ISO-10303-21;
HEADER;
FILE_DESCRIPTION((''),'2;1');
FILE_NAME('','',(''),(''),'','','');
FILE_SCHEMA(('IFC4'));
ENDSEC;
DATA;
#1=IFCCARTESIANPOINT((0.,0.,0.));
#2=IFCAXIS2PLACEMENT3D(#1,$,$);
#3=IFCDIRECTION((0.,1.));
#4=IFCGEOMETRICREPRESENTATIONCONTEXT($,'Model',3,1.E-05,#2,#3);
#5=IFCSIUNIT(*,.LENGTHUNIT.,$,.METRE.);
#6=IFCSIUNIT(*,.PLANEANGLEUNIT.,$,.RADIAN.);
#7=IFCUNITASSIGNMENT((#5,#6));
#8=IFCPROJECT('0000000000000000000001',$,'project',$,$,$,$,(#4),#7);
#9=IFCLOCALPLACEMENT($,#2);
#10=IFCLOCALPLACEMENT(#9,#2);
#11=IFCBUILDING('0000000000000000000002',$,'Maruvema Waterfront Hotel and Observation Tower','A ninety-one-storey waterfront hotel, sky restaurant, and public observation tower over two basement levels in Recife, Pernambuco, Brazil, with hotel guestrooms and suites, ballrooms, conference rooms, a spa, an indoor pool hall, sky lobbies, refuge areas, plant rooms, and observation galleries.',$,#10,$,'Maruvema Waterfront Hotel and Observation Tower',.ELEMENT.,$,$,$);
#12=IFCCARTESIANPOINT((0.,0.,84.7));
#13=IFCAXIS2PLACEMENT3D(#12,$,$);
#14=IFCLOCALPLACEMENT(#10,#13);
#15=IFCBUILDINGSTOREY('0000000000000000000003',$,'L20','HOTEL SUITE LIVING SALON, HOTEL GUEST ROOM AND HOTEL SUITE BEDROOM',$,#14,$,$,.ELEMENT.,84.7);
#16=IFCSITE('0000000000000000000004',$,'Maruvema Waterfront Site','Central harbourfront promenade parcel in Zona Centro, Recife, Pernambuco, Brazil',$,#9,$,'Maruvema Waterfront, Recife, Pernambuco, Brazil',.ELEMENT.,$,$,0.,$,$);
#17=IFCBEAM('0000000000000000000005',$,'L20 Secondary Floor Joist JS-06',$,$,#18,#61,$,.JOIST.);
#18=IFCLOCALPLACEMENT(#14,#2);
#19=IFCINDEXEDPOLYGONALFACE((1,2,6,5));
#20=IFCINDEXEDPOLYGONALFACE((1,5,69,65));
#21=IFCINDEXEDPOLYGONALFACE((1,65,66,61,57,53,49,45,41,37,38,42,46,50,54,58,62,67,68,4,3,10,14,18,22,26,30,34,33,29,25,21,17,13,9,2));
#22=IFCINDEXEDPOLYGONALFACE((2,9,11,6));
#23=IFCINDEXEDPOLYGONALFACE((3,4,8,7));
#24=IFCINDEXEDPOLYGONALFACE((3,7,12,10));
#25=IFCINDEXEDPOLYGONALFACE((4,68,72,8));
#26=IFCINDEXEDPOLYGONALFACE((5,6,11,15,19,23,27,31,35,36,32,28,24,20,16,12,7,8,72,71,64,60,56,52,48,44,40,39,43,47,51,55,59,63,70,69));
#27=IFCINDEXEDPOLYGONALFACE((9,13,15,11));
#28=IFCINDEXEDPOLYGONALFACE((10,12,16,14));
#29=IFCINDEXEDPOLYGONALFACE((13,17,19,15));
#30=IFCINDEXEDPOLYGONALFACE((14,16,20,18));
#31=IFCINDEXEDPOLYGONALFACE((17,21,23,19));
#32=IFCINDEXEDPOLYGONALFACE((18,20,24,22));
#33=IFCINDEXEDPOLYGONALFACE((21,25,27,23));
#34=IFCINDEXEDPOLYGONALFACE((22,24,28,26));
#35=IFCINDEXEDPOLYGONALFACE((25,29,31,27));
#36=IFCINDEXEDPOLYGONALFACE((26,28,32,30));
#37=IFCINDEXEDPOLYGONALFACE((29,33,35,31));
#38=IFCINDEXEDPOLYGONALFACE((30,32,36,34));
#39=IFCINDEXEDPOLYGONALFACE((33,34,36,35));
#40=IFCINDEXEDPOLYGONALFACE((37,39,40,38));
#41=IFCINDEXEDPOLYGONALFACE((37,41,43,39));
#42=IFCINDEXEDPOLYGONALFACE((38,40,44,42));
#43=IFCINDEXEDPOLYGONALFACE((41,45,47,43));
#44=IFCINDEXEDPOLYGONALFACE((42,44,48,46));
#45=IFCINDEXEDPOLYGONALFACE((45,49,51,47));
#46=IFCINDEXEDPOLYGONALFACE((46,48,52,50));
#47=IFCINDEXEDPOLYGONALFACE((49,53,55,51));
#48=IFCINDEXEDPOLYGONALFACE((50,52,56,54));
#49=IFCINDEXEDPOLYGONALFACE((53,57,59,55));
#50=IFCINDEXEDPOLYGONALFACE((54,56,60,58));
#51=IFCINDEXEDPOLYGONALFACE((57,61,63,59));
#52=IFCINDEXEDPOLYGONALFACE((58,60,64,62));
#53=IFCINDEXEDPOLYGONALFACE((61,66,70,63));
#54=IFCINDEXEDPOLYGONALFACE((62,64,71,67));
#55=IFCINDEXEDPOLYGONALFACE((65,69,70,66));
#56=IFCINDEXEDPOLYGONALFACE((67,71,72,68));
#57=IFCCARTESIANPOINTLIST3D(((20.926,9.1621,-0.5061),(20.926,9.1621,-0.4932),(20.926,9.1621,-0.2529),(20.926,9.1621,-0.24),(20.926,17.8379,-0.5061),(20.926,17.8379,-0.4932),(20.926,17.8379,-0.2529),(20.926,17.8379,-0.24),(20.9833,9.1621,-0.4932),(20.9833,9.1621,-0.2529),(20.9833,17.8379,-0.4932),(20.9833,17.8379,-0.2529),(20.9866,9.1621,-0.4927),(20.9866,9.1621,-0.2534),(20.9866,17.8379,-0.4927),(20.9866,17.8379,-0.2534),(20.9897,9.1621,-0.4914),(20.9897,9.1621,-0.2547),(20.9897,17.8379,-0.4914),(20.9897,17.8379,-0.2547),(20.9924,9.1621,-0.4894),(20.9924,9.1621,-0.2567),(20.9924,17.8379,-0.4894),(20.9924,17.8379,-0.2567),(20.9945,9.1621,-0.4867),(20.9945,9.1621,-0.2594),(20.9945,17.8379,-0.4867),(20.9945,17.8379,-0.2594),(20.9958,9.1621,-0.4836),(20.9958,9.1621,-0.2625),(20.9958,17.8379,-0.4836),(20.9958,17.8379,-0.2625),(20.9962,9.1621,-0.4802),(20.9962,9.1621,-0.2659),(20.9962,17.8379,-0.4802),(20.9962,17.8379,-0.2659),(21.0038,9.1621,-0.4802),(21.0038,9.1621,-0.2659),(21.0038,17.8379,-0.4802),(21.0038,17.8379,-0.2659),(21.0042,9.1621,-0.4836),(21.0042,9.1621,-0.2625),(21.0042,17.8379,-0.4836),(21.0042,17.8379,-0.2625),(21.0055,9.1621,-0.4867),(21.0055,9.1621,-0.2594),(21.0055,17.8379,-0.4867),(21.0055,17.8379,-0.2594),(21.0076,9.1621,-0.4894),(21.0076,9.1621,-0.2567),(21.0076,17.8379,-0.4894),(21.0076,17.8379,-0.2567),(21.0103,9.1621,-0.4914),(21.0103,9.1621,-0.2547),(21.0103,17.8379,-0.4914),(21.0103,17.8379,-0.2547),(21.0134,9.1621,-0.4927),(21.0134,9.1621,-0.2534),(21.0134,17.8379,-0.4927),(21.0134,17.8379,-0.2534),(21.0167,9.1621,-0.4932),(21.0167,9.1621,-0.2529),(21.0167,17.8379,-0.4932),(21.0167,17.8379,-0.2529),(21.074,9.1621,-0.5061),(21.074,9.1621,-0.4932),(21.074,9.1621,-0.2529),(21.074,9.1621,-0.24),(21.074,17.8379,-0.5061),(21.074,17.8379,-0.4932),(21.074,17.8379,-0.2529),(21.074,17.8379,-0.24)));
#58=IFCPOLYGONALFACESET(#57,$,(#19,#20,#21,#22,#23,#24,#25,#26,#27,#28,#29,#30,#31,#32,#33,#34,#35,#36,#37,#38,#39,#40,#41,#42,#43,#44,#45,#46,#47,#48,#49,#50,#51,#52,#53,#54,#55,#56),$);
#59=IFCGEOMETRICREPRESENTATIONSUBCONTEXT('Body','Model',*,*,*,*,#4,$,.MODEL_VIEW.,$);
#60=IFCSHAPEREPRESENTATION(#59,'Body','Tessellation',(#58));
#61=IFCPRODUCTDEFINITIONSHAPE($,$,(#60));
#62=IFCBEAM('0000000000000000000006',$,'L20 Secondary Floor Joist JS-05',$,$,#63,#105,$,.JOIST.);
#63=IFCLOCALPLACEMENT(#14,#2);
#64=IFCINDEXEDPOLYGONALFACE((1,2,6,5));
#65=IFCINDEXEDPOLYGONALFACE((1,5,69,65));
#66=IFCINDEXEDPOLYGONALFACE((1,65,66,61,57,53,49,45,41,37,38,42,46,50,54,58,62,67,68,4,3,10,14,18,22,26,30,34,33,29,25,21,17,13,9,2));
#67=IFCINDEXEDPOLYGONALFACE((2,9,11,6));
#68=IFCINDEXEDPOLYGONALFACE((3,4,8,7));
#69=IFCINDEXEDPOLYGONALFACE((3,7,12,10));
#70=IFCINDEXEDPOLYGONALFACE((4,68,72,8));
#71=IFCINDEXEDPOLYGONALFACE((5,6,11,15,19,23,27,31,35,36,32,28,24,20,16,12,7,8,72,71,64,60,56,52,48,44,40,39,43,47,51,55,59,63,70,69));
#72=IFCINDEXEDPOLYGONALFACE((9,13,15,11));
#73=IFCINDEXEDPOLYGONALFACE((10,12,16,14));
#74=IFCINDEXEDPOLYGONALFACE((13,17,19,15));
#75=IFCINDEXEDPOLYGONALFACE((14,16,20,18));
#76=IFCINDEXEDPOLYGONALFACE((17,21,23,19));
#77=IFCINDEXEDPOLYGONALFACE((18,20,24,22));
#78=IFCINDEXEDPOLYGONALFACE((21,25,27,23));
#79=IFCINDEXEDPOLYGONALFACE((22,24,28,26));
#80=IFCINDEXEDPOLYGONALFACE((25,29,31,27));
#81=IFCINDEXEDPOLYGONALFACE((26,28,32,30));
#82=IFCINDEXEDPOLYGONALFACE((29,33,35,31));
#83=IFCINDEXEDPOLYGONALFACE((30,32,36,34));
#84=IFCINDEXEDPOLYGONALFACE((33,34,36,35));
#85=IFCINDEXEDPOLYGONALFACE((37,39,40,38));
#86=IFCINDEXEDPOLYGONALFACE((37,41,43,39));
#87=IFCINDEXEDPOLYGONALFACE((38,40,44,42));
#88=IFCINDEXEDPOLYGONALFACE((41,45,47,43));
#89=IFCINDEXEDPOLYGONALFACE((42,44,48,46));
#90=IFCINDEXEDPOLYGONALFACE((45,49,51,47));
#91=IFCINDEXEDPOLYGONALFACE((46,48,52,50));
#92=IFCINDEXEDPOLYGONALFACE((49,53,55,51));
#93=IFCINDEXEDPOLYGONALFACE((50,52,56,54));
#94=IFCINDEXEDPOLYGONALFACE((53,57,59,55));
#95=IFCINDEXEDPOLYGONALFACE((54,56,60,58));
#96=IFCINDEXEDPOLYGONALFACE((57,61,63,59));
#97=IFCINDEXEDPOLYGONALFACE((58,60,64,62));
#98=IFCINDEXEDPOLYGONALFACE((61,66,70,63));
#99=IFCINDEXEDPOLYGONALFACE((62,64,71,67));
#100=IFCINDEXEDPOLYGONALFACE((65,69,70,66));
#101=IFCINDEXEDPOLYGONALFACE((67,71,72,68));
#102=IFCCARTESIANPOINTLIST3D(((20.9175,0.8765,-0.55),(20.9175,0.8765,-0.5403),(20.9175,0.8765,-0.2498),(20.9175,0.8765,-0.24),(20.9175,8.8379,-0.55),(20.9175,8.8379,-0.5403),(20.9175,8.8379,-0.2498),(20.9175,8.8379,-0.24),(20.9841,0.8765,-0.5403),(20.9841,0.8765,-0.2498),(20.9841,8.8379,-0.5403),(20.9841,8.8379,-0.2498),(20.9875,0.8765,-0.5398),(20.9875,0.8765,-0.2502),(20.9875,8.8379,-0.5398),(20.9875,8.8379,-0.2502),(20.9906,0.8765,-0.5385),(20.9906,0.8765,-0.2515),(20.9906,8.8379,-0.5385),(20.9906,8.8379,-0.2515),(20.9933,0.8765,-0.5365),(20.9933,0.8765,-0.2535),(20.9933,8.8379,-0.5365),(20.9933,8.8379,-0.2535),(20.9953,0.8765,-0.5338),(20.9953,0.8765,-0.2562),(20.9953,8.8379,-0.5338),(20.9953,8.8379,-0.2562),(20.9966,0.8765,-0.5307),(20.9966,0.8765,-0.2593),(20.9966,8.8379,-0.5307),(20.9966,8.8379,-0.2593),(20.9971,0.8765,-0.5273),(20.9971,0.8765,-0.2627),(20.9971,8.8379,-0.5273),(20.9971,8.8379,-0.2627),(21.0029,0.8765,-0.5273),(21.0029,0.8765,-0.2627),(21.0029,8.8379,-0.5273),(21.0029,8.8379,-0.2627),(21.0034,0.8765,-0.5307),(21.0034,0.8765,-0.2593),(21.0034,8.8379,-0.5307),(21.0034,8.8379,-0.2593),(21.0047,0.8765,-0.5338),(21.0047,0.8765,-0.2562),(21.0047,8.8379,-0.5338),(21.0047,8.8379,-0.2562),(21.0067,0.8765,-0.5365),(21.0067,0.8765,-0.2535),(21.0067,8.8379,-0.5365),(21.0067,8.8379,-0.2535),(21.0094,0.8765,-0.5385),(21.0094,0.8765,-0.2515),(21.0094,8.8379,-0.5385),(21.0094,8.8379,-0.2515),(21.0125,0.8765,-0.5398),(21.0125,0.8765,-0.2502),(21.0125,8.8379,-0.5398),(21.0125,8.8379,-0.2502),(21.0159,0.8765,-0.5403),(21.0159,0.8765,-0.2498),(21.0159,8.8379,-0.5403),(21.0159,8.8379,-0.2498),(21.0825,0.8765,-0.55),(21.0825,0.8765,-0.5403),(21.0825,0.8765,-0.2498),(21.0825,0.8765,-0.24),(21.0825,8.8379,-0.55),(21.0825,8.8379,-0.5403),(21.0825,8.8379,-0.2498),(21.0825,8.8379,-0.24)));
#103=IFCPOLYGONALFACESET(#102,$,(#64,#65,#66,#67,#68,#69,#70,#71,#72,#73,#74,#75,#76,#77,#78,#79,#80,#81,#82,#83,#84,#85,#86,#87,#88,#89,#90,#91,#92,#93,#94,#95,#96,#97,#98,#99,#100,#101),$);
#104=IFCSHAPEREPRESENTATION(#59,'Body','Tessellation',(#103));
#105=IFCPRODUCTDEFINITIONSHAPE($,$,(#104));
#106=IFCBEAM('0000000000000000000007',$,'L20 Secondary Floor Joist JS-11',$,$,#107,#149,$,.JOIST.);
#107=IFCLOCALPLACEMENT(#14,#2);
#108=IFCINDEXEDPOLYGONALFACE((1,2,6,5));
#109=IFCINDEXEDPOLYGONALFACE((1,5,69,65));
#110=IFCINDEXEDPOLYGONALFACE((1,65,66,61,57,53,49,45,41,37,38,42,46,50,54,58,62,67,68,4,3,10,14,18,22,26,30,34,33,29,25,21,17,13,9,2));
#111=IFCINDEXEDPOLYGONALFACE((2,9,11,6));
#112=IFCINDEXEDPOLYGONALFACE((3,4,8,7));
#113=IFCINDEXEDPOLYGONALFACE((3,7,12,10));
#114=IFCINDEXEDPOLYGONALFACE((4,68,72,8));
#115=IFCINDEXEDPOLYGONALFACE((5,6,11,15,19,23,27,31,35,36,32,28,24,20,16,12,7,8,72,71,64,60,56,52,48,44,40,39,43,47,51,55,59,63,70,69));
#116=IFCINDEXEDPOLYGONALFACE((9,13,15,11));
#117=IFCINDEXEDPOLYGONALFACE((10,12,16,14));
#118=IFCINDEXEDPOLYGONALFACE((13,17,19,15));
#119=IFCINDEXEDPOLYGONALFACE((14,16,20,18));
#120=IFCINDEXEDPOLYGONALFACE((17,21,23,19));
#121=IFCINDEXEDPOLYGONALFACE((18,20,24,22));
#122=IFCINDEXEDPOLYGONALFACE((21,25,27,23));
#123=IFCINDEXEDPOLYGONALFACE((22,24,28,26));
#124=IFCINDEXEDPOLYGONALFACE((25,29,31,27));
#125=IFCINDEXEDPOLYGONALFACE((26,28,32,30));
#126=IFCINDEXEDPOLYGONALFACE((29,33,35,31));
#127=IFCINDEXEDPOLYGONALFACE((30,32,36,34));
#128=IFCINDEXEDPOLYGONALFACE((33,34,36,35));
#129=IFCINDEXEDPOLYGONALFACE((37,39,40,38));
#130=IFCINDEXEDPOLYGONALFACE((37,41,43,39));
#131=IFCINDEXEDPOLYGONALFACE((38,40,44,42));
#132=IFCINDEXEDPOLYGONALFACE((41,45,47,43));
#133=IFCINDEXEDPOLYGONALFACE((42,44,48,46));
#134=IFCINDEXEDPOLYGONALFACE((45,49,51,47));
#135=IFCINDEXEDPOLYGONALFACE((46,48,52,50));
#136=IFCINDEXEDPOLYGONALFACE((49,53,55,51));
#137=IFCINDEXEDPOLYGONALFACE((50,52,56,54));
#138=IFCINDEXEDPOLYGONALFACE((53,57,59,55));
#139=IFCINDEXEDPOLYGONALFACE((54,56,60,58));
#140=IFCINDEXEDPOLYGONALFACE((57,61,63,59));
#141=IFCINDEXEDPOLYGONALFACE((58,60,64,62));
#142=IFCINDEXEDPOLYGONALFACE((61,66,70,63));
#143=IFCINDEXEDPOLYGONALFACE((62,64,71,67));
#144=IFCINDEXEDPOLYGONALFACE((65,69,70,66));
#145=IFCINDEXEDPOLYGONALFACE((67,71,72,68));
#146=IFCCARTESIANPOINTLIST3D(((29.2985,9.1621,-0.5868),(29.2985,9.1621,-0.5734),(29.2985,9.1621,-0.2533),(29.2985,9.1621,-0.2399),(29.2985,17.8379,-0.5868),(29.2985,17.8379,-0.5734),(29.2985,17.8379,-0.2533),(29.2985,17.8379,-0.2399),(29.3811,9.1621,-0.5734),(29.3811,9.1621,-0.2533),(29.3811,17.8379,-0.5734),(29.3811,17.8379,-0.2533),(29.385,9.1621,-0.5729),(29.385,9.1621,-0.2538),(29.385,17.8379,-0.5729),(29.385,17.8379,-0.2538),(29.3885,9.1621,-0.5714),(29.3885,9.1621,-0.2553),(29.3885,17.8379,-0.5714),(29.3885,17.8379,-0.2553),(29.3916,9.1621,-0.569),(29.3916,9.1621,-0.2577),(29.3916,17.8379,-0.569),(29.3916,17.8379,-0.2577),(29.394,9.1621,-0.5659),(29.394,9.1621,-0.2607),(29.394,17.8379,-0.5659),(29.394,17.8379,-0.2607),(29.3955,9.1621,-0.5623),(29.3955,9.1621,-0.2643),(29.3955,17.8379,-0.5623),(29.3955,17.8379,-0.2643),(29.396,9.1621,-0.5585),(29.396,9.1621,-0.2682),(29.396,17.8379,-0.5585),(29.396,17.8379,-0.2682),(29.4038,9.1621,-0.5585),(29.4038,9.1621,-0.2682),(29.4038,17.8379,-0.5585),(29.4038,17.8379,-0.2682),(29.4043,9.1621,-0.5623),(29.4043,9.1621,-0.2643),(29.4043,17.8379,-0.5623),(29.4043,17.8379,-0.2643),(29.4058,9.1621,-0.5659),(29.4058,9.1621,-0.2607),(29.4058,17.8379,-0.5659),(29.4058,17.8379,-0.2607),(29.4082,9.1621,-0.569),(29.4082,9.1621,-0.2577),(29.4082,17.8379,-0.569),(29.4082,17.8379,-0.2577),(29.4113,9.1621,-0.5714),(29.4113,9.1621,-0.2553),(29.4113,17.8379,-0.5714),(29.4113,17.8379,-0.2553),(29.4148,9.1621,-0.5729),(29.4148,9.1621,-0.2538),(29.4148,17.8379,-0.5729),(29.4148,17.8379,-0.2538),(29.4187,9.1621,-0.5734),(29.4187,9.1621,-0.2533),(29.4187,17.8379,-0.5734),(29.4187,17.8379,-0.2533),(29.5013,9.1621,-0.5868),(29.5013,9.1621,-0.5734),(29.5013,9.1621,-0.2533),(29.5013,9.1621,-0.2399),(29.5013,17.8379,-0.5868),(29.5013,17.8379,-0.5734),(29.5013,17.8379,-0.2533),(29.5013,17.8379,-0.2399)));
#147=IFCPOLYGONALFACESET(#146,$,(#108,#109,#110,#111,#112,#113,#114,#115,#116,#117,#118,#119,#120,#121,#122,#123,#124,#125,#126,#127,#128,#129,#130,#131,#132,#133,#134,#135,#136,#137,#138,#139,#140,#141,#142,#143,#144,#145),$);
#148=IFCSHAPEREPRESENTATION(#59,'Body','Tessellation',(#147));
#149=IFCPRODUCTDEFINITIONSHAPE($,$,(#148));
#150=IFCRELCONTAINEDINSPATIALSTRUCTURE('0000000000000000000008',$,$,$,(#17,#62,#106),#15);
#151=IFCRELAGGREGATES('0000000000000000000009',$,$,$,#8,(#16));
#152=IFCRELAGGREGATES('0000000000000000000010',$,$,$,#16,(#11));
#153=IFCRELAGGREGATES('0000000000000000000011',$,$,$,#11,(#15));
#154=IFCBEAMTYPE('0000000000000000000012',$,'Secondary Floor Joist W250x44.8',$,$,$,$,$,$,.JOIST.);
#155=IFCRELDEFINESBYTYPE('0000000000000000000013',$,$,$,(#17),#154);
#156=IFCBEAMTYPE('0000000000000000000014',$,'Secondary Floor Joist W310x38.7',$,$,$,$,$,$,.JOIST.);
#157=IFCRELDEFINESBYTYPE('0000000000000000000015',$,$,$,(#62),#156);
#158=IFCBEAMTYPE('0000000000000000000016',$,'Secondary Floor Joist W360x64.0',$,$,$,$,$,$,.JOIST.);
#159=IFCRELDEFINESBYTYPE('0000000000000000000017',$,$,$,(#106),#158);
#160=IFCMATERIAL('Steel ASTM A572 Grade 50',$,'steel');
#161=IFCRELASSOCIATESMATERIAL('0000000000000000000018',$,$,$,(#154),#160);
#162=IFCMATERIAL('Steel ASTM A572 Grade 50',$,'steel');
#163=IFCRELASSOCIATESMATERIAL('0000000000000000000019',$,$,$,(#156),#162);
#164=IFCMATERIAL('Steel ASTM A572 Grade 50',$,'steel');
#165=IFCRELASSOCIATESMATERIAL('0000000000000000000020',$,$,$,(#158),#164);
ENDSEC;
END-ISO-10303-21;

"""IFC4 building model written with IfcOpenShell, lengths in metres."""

from ifc_helpers import new_model, si_unit, direction, frame, origin, origin_2d, place, context, subcontext, project, spatial, i_section, extrude, material, material_profile, profile_set, type_object, element, save


model = new_model("IFC4")

# Units and contexts
model_context = context("Model", 3, precision=1e-05, world=origin(), true_north=direction((0.0, 1.0)))
body_context = subcontext(model_context, "Body", "Model", "MODEL_VIEW")
ifc_project = project(units=[si_unit("LENGTHUNIT", "METRE"), si_unit("PLANEANGLEUNIT", "RADIAN")], contexts=[model_context])

# Site, building, storey
site_placement = place(None, origin())
site = spatial("IfcSite", under=ifc_project, at=site_placement, Name="Maruvema Waterfront Site", Description="Central harbourfront promenade parcel in Zona Centro, Recife, Pernambuco, Brazil", LongName="Maruvema Waterfront, Recife, Pernambuco, Brazil", CompositionType="ELEMENT", RefElevation=0.0)
building_placement = place(site_placement, origin())
building = spatial("IfcBuilding", under=site, at=building_placement, Name="Maruvema Waterfront Hotel and Observation Tower", Description="A ninety-one-storey waterfront hotel, sky restaurant, and public observation tower over two basement levels in Recife, Pernambuco, Brazil, with hotel guestrooms and suites, ballrooms, conference rooms, a spa, an indoor pool hall, sky lobbies, refuge areas, plant rooms, and observation galleries.", LongName="Maruvema Waterfront Hotel and Observation Tower", CompositionType="ELEMENT")
storey_placement = place(building_placement, frame((0.0, 0.0, 84.7)))
storey = spatial("IfcBuildingStorey", under=building, at=storey_placement, Name="L20", Description="HOTEL SUITE LIVING SALON, HOTEL GUEST ROOM AND HOTEL SUITE BEDROOM", CompositionType="ELEMENT", Elevation=84.7)

# Beams
ifc_material_1 = material(Name="Steel ASTM A572 Grade 50", Category="steel")
ifc_material_profile_1 = material_profile(ifc_material_1, i_section(OverallWidth=0.1479, OverallDepth=0.2661, WebThickness=0.0076, FlangeThickness=0.0129, FilletRadius=0.0129, at=origin_2d()), Name="W250x44.8")
ifc_profile_set_1 = profile_set([ifc_material_profile_1], Name="Steel ASTM A572 Grade 50")
beam_type_1 = type_object("IfcBeamType", Name="Secondary Floor Joist W250x44.8", PredefinedType="JOIST", material=ifc_profile_set_1)
beam_1_placement = place(storey_placement, frame((21.0, 9.1621, -0.373), z_axis=(0.0, 1.0, 0.0), x_axis=(-1.0, 0.0, 0.0)))
element("IfcBeam", 1, at=beam_1_placement, inside=storey, type_object=beam_type_1, Name="L20 Secondary Floor Joist JS-06", PredefinedType="JOIST", context=body_context, shape_type="SweptSolid", body=[
    extrude(i_section(OverallWidth=0.1479, OverallDepth=0.2661, WebThickness=0.0076, FlangeThickness=0.0129, FilletRadius=0.0129, at=origin_2d()), origin(), (0.0, 0.0, 1.0), 8.6758),
])
ifc_material_2 = material(Name="Steel ASTM A572 Grade 50", Category="steel")
ifc_material_profile_2 = material_profile(ifc_material_2, i_section(OverallWidth=0.165, OverallDepth=0.3101, WebThickness=0.0059, FlangeThickness=0.0098, FilletRadius=0.0129, at=origin_2d()), Name="W310x38.7")
ifc_profile_set_2 = profile_set([ifc_material_profile_2], Name="Steel ASTM A572 Grade 50")
beam_type_2 = type_object("IfcBeamType", Name="Secondary Floor Joist W310x38.7", PredefinedType="JOIST", material=ifc_profile_set_2)
beam_2_placement = place(storey_placement, frame((21.0, 0.8765, -0.395), z_axis=(0.0, 1.0, 0.0), x_axis=(-1.0, 0.0, 0.0)))
element("IfcBeam", 2, at=beam_2_placement, inside=storey, type_object=beam_type_2, Name="L20 Secondary Floor Joist JS-05", PredefinedType="JOIST", context=body_context, shape_type="SweptSolid", body=[
    extrude(i_section(OverallWidth=0.165, OverallDepth=0.3101, WebThickness=0.0059, FlangeThickness=0.0098, FilletRadius=0.0129, at=origin_2d()), origin(), (0.0, 0.0, 1.0), 7.9614),
])
ifc_material_3 = material(Name="Steel ASTM A572 Grade 50", Category="steel")
ifc_material_profile_3 = material_profile(ifc_material_3, i_section(OverallWidth=0.2029, OverallDepth=0.3469, WebThickness=0.0078, FlangeThickness=0.0134, FilletRadius=0.0149, at=origin_2d()), Name="W360x64.0")
ifc_profile_set_3 = profile_set([ifc_material_profile_3], Name="Steel ASTM A572 Grade 50")
beam_type_3 = type_object("IfcBeamType", Name="Secondary Floor Joist W360x64.0", PredefinedType="JOIST", material=ifc_profile_set_3)
beam_3_placement = place(storey_placement, frame((29.3999, 9.1621, -0.4133), z_axis=(0.0, 1.0, 0.0), x_axis=(-1.0, 0.0, 0.0)))
element("IfcBeam", 3, at=beam_3_placement, inside=storey, type_object=beam_type_3, Name="L20 Secondary Floor Joist JS-11", PredefinedType="JOIST", context=body_context, shape_type="SweptSolid", body=[
    extrude(i_section(OverallWidth=0.2029, OverallDepth=0.3469, WebThickness=0.0078, FlangeThickness=0.0134, FilletRadius=0.0149, at=origin_2d()), origin(), (0.0, 0.0, 1.0), 8.6758),
])

save(model, "model.ifc")
